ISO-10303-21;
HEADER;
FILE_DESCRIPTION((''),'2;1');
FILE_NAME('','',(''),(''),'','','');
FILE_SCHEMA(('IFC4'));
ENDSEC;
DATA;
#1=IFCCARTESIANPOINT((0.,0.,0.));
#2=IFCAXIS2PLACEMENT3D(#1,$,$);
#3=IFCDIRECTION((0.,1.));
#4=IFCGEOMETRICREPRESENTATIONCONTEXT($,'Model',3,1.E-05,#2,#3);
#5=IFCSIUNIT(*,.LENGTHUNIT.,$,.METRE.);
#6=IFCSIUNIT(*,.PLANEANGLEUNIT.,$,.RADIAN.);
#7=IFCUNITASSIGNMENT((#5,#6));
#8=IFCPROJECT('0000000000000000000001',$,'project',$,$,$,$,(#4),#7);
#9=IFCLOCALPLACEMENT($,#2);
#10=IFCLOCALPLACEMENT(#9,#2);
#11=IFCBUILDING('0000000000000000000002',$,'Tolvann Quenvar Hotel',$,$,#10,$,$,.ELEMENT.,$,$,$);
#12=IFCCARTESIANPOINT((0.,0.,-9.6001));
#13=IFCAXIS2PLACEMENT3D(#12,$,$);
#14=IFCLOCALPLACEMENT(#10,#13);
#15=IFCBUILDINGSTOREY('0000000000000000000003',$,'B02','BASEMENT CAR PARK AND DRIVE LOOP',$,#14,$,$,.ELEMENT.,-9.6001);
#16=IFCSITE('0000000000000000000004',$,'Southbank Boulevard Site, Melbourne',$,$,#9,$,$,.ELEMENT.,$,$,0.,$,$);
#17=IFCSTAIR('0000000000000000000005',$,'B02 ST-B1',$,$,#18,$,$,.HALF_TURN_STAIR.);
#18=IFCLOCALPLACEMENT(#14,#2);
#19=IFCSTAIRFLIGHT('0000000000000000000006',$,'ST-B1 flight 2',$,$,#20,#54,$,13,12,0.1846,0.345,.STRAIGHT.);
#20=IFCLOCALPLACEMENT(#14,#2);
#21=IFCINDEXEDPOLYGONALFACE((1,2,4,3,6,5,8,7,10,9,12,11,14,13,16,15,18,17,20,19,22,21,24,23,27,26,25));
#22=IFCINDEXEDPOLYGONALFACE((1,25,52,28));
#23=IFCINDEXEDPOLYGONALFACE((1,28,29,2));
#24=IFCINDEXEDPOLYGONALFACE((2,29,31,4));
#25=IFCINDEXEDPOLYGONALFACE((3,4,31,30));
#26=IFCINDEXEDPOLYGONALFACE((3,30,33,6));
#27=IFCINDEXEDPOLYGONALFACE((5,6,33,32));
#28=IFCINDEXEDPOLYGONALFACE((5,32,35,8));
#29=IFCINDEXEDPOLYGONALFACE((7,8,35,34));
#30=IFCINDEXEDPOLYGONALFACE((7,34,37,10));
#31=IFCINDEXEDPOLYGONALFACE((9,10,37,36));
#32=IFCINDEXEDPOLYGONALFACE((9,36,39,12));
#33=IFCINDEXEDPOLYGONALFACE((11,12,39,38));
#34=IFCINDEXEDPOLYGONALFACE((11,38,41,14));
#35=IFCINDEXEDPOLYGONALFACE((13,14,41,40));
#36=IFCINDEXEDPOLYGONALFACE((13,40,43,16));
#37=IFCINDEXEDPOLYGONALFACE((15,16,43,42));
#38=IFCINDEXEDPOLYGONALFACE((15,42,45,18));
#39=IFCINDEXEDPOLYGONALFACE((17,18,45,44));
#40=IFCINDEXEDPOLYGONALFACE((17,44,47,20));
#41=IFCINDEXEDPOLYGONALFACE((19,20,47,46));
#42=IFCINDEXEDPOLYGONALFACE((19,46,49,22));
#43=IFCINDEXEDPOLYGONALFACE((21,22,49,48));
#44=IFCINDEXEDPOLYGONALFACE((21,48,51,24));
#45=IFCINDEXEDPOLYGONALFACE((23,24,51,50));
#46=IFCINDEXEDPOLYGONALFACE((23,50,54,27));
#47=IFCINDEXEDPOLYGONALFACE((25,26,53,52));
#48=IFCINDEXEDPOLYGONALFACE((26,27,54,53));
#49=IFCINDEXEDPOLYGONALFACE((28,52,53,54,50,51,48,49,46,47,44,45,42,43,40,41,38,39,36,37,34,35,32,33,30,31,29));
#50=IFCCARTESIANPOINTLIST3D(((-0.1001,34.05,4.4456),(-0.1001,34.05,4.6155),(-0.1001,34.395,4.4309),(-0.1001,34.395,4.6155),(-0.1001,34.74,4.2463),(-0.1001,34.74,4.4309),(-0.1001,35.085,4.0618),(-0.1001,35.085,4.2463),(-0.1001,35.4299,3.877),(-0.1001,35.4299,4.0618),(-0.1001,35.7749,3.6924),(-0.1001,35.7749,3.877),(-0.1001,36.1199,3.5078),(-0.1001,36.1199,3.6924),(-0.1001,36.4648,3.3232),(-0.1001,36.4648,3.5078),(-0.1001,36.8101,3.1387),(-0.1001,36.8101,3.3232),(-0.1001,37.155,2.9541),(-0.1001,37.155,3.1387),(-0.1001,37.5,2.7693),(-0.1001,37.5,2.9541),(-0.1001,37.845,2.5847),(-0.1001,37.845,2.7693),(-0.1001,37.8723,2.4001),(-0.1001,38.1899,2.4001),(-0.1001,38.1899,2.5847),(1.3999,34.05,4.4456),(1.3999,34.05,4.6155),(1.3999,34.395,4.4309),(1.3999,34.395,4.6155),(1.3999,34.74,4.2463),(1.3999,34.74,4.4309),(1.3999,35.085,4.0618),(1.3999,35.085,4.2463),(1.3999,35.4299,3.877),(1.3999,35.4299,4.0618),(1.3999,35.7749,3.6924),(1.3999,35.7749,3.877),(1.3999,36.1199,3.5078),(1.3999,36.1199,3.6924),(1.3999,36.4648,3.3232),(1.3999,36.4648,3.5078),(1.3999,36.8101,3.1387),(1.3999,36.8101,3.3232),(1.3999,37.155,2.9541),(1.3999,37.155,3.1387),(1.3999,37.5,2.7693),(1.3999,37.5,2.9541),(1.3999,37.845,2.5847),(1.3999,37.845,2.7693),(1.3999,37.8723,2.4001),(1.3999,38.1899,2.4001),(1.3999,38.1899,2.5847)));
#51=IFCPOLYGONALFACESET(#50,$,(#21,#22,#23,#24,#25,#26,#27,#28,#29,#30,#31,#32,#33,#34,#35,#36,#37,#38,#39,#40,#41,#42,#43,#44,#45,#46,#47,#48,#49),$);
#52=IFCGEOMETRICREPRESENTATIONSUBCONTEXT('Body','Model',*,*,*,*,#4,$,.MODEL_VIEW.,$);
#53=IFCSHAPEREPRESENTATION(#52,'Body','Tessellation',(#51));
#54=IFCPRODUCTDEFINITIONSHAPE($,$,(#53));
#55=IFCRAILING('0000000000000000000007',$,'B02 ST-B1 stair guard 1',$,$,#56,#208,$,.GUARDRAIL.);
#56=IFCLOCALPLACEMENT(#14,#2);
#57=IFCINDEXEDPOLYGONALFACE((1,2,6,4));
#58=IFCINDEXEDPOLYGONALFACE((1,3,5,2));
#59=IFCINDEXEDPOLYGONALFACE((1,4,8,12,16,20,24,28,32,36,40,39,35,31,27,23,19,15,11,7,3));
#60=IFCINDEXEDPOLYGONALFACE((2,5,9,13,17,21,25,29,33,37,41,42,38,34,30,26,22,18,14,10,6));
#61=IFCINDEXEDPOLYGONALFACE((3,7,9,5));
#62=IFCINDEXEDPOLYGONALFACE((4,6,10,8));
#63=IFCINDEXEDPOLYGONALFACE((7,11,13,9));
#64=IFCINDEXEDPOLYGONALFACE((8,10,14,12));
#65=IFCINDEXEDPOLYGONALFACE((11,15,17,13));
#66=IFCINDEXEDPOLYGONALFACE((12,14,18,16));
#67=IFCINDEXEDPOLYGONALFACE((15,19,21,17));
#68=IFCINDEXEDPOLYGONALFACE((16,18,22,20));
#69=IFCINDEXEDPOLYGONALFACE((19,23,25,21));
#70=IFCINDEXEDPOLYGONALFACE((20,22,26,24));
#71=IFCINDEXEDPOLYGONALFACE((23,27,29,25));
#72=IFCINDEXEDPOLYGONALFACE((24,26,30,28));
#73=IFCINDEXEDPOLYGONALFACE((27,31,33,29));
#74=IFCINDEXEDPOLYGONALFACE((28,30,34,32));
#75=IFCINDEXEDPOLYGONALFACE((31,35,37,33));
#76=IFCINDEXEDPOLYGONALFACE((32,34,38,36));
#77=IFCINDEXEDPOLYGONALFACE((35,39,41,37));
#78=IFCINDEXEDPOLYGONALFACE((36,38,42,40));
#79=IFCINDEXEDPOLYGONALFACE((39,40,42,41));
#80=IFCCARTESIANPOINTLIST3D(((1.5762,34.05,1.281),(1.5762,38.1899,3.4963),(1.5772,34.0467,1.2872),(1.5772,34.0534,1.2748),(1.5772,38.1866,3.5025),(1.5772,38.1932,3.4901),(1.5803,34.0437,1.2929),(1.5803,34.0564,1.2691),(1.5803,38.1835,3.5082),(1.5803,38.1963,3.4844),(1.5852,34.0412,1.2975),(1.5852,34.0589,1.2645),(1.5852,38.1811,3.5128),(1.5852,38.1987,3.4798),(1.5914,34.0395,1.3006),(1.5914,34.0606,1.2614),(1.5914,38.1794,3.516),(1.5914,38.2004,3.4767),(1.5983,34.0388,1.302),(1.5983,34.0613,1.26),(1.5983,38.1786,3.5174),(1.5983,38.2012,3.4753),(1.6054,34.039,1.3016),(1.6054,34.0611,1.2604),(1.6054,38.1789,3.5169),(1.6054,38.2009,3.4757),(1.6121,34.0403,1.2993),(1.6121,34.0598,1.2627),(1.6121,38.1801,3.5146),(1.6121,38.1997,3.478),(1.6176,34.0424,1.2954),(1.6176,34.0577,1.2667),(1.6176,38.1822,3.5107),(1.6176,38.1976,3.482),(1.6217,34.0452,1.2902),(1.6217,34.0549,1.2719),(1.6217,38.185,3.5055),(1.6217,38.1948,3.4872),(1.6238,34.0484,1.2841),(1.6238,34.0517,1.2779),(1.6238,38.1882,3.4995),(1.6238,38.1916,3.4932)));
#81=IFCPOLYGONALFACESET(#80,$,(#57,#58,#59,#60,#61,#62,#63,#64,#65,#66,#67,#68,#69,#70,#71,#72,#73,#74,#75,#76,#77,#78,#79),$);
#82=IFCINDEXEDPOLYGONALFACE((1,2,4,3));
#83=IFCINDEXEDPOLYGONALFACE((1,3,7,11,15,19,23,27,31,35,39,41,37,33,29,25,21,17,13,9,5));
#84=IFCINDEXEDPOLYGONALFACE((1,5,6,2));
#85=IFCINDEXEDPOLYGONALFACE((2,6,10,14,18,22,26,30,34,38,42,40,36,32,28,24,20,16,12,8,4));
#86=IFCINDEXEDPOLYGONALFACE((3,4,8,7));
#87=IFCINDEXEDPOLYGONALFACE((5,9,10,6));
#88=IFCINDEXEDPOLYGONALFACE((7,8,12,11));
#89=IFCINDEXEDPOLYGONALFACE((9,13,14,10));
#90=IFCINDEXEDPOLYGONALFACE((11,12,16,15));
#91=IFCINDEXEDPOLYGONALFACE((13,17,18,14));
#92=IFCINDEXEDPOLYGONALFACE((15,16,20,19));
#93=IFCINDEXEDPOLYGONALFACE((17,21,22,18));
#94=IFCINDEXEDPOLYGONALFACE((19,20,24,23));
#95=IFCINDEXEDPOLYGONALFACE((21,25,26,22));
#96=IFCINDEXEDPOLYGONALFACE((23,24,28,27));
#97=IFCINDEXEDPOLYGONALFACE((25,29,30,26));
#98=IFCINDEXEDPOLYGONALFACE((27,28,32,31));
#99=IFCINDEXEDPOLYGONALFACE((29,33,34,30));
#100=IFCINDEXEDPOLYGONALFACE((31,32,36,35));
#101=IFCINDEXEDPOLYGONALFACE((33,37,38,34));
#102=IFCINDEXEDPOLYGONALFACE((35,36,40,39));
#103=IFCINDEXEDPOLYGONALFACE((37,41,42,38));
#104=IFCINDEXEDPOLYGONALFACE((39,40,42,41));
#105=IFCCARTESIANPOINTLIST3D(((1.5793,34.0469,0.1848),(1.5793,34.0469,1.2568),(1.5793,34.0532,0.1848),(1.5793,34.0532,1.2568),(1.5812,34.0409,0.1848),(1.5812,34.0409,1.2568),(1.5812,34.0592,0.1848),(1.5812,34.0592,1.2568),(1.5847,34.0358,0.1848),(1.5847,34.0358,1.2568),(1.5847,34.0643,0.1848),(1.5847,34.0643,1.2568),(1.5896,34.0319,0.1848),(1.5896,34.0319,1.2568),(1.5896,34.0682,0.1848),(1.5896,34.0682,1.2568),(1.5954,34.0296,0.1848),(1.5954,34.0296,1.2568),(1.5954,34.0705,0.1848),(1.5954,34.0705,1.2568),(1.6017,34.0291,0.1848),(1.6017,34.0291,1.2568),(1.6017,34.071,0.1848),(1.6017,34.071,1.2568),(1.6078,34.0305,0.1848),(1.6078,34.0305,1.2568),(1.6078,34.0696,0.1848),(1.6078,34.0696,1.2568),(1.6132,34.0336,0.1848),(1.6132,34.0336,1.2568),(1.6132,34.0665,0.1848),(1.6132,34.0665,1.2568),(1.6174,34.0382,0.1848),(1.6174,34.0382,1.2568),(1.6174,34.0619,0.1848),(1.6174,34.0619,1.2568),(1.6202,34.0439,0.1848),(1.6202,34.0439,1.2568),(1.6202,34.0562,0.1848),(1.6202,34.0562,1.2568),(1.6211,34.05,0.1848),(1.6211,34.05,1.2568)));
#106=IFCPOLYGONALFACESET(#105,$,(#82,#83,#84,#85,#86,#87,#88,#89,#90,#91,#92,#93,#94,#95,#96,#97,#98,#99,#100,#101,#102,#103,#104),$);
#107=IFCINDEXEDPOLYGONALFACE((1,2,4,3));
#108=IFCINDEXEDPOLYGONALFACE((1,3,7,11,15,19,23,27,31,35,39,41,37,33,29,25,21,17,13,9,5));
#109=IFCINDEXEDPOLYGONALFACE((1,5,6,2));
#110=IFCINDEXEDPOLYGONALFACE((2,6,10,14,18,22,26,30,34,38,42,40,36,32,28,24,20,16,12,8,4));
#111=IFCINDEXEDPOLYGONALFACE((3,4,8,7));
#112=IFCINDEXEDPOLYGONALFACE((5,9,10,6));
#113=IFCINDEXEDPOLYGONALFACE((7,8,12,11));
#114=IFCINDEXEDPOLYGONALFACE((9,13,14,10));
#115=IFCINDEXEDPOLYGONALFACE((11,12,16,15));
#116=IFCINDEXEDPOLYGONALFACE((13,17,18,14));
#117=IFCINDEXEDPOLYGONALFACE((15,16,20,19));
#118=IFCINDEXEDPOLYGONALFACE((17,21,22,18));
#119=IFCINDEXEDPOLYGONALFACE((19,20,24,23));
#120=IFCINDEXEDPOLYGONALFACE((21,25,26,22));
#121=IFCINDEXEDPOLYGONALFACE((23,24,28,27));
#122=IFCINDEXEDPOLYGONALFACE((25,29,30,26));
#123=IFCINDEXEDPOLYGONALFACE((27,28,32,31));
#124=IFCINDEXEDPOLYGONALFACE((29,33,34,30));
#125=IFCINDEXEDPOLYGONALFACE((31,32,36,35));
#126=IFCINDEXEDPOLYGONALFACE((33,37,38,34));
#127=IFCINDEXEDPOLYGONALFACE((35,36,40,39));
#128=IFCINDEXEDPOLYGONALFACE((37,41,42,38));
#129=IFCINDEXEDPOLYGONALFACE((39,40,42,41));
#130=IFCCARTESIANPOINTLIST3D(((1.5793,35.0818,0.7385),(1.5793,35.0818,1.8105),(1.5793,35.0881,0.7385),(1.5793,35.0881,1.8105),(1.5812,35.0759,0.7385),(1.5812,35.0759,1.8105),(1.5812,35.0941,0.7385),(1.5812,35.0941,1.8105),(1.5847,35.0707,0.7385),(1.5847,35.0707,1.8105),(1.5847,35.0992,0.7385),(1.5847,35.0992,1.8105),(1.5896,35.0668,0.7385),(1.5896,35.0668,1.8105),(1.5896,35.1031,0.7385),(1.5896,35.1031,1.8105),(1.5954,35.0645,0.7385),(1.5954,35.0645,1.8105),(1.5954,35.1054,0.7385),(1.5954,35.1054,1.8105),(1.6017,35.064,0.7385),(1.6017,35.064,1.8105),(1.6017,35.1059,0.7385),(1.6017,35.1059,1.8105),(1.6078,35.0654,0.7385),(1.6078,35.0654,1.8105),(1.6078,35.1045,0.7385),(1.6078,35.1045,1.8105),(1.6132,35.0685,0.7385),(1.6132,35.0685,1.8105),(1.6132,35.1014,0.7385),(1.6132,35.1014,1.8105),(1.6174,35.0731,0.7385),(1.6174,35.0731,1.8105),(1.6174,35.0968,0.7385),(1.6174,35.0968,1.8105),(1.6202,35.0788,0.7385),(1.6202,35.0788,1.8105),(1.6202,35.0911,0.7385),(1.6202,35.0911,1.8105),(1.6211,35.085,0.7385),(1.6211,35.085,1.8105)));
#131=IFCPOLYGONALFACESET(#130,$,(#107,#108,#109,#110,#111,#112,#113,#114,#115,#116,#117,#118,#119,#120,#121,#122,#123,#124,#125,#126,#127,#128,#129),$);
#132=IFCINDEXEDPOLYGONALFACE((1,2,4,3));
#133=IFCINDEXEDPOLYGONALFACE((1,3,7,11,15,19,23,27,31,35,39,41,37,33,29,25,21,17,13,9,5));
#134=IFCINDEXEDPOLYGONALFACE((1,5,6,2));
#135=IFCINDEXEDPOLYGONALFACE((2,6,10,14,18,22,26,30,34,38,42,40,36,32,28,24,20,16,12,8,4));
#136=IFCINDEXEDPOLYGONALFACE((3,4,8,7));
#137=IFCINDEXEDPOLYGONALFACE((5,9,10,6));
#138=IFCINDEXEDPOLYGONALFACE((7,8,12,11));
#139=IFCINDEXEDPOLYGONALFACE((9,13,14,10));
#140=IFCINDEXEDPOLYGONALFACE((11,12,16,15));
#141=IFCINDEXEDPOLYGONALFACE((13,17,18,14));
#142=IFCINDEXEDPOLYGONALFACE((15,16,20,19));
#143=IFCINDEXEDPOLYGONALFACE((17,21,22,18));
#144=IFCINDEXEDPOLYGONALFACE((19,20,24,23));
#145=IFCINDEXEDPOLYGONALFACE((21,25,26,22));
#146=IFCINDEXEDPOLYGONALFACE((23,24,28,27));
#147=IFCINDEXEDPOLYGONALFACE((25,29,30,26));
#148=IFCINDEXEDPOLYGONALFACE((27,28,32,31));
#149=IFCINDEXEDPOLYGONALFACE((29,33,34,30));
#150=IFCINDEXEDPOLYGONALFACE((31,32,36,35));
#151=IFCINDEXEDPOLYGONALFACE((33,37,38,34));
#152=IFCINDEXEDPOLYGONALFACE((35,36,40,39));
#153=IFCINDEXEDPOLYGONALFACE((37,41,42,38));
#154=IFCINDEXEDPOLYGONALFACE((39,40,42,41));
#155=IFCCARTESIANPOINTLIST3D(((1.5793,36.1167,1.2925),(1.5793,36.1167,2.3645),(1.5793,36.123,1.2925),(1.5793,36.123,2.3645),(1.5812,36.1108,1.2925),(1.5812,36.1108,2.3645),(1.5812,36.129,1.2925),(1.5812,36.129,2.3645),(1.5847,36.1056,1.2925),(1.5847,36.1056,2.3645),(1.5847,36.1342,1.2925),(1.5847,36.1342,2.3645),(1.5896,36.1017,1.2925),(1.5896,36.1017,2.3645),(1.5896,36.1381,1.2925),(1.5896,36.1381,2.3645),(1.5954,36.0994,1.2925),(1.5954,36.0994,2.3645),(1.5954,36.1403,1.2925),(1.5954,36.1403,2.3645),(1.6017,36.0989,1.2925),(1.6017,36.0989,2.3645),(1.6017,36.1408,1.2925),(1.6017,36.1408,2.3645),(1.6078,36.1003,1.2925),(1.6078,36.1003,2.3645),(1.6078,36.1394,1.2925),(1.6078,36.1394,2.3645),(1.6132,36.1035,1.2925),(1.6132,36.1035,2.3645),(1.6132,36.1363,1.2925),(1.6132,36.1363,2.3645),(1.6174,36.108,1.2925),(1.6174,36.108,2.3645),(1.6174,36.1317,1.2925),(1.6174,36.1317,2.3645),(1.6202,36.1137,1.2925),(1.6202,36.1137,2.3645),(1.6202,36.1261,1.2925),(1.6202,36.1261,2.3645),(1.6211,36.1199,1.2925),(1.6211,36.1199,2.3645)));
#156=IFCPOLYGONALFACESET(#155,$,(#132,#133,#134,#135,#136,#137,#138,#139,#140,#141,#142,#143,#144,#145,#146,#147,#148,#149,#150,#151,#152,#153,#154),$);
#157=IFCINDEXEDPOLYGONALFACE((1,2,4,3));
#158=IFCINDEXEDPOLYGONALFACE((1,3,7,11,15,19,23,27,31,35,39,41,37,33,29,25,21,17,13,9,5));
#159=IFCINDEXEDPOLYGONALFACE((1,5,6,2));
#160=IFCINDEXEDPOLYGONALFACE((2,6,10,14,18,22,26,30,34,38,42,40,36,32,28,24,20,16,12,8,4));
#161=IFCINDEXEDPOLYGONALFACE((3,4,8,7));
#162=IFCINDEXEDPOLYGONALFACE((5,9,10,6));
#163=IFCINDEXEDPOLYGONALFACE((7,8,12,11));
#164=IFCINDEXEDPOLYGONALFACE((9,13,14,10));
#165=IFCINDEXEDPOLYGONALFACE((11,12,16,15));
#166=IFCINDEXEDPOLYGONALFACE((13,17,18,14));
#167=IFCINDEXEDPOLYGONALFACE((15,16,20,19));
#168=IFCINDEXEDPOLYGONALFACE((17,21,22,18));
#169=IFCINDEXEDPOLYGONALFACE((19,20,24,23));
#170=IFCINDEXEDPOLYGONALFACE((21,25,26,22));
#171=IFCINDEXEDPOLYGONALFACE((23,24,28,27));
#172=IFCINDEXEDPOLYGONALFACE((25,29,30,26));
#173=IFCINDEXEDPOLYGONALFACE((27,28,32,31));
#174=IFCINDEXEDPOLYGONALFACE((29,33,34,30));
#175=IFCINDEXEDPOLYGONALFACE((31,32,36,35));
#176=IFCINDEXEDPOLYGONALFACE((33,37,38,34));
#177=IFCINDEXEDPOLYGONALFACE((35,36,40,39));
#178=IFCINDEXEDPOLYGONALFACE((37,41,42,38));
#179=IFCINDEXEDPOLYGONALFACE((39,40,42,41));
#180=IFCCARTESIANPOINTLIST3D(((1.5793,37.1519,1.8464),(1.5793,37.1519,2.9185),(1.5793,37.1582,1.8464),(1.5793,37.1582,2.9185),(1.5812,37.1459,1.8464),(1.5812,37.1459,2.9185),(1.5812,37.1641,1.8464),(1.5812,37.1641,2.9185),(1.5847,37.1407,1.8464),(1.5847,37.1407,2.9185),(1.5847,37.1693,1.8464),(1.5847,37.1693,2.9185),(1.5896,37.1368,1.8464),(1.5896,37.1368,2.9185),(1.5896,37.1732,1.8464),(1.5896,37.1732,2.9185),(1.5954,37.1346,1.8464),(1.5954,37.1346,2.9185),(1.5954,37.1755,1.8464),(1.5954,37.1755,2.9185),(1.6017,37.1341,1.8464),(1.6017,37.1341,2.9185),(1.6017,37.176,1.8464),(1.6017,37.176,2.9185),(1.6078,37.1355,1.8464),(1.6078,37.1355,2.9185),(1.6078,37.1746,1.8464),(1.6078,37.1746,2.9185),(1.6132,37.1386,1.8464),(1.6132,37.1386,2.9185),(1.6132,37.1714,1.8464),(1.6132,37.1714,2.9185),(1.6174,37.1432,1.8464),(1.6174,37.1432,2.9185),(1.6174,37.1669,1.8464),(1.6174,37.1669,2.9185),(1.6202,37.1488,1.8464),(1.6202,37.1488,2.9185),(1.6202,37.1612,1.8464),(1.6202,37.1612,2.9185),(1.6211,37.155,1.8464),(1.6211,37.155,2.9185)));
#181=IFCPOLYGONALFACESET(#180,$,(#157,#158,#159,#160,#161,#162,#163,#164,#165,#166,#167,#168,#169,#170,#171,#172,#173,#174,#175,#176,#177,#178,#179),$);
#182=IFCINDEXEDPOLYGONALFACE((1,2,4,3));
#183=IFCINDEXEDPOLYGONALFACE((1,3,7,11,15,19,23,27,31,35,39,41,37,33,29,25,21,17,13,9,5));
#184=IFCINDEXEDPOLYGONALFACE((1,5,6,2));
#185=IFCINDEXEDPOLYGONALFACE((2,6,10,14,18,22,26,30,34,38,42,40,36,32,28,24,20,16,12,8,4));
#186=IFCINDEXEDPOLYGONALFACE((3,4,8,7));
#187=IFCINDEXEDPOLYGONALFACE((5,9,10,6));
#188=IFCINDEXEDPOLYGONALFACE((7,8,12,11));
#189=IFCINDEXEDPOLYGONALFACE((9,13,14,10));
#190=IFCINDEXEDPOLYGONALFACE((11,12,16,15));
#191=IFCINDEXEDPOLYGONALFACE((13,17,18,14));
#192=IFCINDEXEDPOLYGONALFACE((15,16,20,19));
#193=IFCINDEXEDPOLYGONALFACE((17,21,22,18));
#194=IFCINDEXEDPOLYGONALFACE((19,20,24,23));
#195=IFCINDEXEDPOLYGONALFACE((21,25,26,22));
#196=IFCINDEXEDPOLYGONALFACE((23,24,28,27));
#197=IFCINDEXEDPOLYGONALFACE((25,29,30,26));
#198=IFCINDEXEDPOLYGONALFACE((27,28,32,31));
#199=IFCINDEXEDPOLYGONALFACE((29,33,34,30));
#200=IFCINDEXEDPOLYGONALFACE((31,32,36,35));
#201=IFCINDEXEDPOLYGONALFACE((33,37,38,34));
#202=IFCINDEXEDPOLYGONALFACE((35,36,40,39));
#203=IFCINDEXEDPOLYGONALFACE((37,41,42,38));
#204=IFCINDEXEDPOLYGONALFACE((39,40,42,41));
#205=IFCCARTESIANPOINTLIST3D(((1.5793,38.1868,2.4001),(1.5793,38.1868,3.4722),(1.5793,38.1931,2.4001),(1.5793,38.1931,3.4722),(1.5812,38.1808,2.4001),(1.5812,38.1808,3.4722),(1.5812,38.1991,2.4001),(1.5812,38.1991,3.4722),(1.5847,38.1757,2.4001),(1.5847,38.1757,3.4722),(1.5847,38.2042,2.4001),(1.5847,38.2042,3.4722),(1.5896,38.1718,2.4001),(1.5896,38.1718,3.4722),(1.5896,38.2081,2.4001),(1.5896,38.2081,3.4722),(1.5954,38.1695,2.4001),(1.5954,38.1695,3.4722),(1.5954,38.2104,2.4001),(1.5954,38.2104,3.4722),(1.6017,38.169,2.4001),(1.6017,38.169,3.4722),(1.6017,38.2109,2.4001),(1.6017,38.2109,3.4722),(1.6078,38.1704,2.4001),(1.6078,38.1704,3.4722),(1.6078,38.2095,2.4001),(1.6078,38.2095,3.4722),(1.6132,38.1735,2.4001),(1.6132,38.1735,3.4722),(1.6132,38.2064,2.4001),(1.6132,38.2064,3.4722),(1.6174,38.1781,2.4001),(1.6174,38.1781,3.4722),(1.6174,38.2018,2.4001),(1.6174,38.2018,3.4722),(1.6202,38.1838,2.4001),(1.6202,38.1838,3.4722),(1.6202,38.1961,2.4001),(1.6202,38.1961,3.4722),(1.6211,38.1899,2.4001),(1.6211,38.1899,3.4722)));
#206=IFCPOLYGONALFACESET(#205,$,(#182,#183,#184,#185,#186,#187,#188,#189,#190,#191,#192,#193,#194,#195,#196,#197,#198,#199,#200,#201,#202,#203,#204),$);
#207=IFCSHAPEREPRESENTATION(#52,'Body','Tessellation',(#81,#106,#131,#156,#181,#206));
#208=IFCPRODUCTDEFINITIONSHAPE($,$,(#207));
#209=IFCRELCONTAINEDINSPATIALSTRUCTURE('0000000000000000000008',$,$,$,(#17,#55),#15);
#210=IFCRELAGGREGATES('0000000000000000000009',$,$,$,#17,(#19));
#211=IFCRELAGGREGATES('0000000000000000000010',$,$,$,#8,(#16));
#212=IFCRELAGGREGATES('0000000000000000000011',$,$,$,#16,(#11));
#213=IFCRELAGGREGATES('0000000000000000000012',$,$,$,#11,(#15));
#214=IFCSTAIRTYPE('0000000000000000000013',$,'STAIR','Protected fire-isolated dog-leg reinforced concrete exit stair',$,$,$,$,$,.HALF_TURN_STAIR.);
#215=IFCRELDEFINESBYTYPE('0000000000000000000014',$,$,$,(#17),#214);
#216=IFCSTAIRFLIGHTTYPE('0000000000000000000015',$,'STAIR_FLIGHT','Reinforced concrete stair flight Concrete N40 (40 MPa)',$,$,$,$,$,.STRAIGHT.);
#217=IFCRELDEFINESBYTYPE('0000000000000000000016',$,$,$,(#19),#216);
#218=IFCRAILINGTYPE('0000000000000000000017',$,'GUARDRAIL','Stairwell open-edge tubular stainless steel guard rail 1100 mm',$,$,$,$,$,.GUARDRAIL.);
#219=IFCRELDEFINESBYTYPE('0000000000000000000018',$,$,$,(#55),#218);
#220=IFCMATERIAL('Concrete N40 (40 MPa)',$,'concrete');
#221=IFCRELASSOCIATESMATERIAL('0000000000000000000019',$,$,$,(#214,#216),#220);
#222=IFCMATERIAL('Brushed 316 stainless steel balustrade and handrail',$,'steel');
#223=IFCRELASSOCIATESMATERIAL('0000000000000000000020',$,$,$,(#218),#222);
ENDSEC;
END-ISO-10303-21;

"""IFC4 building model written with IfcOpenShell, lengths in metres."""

from ifc_helpers import new_model, si_unit, direction, frame, origin, origin_2d, place, context, subcontext, project, spatial, polyline, circle, outline, extrude, material, type_object, element, aggregate, save


model = new_model("IFC4")

# Units and contexts
model_context = context("Model", 3, precision=1e-05, world=origin(), true_north=direction((0.0, 1.0)))
body_context = subcontext(model_context, "Body", "Model", "MODEL_VIEW")
ifc_project = project(units=[si_unit("LENGTHUNIT", "METRE"), si_unit("PLANEANGLEUNIT", "RADIAN")], contexts=[model_context])

# Site, building, storey
site_placement = place(None, origin())
site = spatial("IfcSite", under=ifc_project, at=site_placement, Name="Southbank Boulevard Site, Melbourne", CompositionType="ELEMENT", RefElevation=0.0)
building_placement = place(site_placement, origin())
building = spatial("IfcBuilding", under=site, at=building_placement, Name="Tolvann Quenvar Hotel", CompositionType="ELEMENT")
storey_placement = place(building_placement, frame((0.0, 0.0, -9.6001)))
storey = spatial("IfcBuildingStorey", under=building, at=storey_placement, Name="B02", Description="BASEMENT CAR PARK AND DRIVE LOOP", CompositionType="ELEMENT", Elevation=-9.6001)

# Stair, stair flight
ifc_material_1 = material(Name="Concrete N40 (40 MPa)", Category="concrete")
stair_type = type_object("IfcStairType", Name="STAIR", Description="Protected fire-isolated dog-leg reinforced concrete exit stair", PredefinedType="HALF_TURN_STAIR", material=ifc_material_1)
stair_placement = place(storey_placement, origin())
stair = element("IfcStair", 1, at=stair_placement, inside=storey, type_object=stair_type, Name="B02 ST-B1", PredefinedType="HALF_TURN_STAIR")
stair_flight_type = type_object("IfcStairFlightType", Name="STAIR_FLIGHT", Description="Reinforced concrete stair flight Concrete N40 (40 MPa)", PredefinedType="STRAIGHT", material=ifc_material_1)
stair_flight_1_placement = place(storey_placement, frame((0.6499, 38.1899, 2.4001), z_axis=(0.0, 0.0, 1.0), x_axis=(0.0, -1.0, 0.0)))
stair_flight_1 = element("IfcStairFlight", 2, at=stair_flight_1_placement, type_object=stair_flight_type, Name="ST-B1 flight 2", NumberOfRisers=13, NumberOfTreads=12, PredefinedType="STRAIGHT", RiserHeight=0.1846, TreadLength=0.345, context=body_context, shape_type="SweptSolid", body=[
    extrude(outline(polyline([(0.0, 0.0), (0.0, 0.1846), (0.345, 0.1846), (0.345, 0.3691), (0.6899, 0.3691), (0.6899, 0.554), (1.0349, 0.554), (1.0349, 0.7385), (1.3799, 0.7385), (1.3799, 0.9231), (1.7251, 0.9231), (1.7251, 1.1077), (2.0701, 1.1077), (2.0701, 1.2922), (2.415, 1.2922), (2.415, 1.4768), (2.76, 1.4768), (2.76, 1.6616), (3.105, 1.6616), (3.105, 1.8462), (3.45, 1.8462), (3.45, 2.0308), (3.7949, 2.0308), (3.7949, 2.2153), (4.1399, 2.2153), (4.1399, 2.3999), (4.1399, 2.0454), (0.3176, 0.0), (0.0, 0.0)])), frame((0.0, 0.75, 0.0), z_axis=(0.0, -1.0, 0.0), x_axis=(1.0, 0.0, 0.0)), (0.0, 0.0, 1.0), 1.5),
])
aggregate(stair, [stair_flight_1])

# Railing
ifc_material_2 = material(Name="Brushed 316 stainless steel balustrade and handrail", Category="steel")
railing_type_1 = type_object("IfcRailingType", Name="GUARDRAIL", Description="Stairwell open-edge tubular stainless steel guard rail 1100 mm", PredefinedType="GUARDRAIL", material=ifc_material_2)
railing_1_placement = place(storey_placement, frame((1.6001, 34.05, 0.1848)))
element("IfcRailing", 3, at=railing_1_placement, inside=storey, type_object=railing_type_1, Name="B02 ST-B1 stair guard 1", PredefinedType="GUARDRAIL", context=body_context, shape_type="SweptSolid", body=[
    extrude(circle(Radius=0.0239, at=origin_2d()), frame((0.0, 0.0, 1.0962), z_axis=(0.0, 0.881699, 0.471813), x_axis=(-1.0, 0.0, 0.0)), (0.0, 0.0, 1.0), 4.6953),
    extrude(circle(Radius=0.021, at=origin_2d()), origin(), (0.0, 0.0, 1.0), 1.072),
    extrude(circle(Radius=0.021, at=origin_2d()), frame((0.0, 1.0349, 0.5537)), (0.0, 0.0, 1.0), 1.072),
    extrude(circle(Radius=0.021, at=origin_2d()), frame((0.0, 2.0698, 1.1077)), (0.0, 0.0, 1.0), 1.072),
    extrude(circle(Radius=0.021, at=origin_2d()), frame((0.0, 3.105, 1.6616)), (0.0, 0.0, 1.0), 1.072),
    extrude(circle(Radius=0.021, at=origin_2d()), frame((0.0, 4.1399, 2.2153)), (0.0, 0.0, 1.0), 1.072),
])

save(model, "model.ifc")
